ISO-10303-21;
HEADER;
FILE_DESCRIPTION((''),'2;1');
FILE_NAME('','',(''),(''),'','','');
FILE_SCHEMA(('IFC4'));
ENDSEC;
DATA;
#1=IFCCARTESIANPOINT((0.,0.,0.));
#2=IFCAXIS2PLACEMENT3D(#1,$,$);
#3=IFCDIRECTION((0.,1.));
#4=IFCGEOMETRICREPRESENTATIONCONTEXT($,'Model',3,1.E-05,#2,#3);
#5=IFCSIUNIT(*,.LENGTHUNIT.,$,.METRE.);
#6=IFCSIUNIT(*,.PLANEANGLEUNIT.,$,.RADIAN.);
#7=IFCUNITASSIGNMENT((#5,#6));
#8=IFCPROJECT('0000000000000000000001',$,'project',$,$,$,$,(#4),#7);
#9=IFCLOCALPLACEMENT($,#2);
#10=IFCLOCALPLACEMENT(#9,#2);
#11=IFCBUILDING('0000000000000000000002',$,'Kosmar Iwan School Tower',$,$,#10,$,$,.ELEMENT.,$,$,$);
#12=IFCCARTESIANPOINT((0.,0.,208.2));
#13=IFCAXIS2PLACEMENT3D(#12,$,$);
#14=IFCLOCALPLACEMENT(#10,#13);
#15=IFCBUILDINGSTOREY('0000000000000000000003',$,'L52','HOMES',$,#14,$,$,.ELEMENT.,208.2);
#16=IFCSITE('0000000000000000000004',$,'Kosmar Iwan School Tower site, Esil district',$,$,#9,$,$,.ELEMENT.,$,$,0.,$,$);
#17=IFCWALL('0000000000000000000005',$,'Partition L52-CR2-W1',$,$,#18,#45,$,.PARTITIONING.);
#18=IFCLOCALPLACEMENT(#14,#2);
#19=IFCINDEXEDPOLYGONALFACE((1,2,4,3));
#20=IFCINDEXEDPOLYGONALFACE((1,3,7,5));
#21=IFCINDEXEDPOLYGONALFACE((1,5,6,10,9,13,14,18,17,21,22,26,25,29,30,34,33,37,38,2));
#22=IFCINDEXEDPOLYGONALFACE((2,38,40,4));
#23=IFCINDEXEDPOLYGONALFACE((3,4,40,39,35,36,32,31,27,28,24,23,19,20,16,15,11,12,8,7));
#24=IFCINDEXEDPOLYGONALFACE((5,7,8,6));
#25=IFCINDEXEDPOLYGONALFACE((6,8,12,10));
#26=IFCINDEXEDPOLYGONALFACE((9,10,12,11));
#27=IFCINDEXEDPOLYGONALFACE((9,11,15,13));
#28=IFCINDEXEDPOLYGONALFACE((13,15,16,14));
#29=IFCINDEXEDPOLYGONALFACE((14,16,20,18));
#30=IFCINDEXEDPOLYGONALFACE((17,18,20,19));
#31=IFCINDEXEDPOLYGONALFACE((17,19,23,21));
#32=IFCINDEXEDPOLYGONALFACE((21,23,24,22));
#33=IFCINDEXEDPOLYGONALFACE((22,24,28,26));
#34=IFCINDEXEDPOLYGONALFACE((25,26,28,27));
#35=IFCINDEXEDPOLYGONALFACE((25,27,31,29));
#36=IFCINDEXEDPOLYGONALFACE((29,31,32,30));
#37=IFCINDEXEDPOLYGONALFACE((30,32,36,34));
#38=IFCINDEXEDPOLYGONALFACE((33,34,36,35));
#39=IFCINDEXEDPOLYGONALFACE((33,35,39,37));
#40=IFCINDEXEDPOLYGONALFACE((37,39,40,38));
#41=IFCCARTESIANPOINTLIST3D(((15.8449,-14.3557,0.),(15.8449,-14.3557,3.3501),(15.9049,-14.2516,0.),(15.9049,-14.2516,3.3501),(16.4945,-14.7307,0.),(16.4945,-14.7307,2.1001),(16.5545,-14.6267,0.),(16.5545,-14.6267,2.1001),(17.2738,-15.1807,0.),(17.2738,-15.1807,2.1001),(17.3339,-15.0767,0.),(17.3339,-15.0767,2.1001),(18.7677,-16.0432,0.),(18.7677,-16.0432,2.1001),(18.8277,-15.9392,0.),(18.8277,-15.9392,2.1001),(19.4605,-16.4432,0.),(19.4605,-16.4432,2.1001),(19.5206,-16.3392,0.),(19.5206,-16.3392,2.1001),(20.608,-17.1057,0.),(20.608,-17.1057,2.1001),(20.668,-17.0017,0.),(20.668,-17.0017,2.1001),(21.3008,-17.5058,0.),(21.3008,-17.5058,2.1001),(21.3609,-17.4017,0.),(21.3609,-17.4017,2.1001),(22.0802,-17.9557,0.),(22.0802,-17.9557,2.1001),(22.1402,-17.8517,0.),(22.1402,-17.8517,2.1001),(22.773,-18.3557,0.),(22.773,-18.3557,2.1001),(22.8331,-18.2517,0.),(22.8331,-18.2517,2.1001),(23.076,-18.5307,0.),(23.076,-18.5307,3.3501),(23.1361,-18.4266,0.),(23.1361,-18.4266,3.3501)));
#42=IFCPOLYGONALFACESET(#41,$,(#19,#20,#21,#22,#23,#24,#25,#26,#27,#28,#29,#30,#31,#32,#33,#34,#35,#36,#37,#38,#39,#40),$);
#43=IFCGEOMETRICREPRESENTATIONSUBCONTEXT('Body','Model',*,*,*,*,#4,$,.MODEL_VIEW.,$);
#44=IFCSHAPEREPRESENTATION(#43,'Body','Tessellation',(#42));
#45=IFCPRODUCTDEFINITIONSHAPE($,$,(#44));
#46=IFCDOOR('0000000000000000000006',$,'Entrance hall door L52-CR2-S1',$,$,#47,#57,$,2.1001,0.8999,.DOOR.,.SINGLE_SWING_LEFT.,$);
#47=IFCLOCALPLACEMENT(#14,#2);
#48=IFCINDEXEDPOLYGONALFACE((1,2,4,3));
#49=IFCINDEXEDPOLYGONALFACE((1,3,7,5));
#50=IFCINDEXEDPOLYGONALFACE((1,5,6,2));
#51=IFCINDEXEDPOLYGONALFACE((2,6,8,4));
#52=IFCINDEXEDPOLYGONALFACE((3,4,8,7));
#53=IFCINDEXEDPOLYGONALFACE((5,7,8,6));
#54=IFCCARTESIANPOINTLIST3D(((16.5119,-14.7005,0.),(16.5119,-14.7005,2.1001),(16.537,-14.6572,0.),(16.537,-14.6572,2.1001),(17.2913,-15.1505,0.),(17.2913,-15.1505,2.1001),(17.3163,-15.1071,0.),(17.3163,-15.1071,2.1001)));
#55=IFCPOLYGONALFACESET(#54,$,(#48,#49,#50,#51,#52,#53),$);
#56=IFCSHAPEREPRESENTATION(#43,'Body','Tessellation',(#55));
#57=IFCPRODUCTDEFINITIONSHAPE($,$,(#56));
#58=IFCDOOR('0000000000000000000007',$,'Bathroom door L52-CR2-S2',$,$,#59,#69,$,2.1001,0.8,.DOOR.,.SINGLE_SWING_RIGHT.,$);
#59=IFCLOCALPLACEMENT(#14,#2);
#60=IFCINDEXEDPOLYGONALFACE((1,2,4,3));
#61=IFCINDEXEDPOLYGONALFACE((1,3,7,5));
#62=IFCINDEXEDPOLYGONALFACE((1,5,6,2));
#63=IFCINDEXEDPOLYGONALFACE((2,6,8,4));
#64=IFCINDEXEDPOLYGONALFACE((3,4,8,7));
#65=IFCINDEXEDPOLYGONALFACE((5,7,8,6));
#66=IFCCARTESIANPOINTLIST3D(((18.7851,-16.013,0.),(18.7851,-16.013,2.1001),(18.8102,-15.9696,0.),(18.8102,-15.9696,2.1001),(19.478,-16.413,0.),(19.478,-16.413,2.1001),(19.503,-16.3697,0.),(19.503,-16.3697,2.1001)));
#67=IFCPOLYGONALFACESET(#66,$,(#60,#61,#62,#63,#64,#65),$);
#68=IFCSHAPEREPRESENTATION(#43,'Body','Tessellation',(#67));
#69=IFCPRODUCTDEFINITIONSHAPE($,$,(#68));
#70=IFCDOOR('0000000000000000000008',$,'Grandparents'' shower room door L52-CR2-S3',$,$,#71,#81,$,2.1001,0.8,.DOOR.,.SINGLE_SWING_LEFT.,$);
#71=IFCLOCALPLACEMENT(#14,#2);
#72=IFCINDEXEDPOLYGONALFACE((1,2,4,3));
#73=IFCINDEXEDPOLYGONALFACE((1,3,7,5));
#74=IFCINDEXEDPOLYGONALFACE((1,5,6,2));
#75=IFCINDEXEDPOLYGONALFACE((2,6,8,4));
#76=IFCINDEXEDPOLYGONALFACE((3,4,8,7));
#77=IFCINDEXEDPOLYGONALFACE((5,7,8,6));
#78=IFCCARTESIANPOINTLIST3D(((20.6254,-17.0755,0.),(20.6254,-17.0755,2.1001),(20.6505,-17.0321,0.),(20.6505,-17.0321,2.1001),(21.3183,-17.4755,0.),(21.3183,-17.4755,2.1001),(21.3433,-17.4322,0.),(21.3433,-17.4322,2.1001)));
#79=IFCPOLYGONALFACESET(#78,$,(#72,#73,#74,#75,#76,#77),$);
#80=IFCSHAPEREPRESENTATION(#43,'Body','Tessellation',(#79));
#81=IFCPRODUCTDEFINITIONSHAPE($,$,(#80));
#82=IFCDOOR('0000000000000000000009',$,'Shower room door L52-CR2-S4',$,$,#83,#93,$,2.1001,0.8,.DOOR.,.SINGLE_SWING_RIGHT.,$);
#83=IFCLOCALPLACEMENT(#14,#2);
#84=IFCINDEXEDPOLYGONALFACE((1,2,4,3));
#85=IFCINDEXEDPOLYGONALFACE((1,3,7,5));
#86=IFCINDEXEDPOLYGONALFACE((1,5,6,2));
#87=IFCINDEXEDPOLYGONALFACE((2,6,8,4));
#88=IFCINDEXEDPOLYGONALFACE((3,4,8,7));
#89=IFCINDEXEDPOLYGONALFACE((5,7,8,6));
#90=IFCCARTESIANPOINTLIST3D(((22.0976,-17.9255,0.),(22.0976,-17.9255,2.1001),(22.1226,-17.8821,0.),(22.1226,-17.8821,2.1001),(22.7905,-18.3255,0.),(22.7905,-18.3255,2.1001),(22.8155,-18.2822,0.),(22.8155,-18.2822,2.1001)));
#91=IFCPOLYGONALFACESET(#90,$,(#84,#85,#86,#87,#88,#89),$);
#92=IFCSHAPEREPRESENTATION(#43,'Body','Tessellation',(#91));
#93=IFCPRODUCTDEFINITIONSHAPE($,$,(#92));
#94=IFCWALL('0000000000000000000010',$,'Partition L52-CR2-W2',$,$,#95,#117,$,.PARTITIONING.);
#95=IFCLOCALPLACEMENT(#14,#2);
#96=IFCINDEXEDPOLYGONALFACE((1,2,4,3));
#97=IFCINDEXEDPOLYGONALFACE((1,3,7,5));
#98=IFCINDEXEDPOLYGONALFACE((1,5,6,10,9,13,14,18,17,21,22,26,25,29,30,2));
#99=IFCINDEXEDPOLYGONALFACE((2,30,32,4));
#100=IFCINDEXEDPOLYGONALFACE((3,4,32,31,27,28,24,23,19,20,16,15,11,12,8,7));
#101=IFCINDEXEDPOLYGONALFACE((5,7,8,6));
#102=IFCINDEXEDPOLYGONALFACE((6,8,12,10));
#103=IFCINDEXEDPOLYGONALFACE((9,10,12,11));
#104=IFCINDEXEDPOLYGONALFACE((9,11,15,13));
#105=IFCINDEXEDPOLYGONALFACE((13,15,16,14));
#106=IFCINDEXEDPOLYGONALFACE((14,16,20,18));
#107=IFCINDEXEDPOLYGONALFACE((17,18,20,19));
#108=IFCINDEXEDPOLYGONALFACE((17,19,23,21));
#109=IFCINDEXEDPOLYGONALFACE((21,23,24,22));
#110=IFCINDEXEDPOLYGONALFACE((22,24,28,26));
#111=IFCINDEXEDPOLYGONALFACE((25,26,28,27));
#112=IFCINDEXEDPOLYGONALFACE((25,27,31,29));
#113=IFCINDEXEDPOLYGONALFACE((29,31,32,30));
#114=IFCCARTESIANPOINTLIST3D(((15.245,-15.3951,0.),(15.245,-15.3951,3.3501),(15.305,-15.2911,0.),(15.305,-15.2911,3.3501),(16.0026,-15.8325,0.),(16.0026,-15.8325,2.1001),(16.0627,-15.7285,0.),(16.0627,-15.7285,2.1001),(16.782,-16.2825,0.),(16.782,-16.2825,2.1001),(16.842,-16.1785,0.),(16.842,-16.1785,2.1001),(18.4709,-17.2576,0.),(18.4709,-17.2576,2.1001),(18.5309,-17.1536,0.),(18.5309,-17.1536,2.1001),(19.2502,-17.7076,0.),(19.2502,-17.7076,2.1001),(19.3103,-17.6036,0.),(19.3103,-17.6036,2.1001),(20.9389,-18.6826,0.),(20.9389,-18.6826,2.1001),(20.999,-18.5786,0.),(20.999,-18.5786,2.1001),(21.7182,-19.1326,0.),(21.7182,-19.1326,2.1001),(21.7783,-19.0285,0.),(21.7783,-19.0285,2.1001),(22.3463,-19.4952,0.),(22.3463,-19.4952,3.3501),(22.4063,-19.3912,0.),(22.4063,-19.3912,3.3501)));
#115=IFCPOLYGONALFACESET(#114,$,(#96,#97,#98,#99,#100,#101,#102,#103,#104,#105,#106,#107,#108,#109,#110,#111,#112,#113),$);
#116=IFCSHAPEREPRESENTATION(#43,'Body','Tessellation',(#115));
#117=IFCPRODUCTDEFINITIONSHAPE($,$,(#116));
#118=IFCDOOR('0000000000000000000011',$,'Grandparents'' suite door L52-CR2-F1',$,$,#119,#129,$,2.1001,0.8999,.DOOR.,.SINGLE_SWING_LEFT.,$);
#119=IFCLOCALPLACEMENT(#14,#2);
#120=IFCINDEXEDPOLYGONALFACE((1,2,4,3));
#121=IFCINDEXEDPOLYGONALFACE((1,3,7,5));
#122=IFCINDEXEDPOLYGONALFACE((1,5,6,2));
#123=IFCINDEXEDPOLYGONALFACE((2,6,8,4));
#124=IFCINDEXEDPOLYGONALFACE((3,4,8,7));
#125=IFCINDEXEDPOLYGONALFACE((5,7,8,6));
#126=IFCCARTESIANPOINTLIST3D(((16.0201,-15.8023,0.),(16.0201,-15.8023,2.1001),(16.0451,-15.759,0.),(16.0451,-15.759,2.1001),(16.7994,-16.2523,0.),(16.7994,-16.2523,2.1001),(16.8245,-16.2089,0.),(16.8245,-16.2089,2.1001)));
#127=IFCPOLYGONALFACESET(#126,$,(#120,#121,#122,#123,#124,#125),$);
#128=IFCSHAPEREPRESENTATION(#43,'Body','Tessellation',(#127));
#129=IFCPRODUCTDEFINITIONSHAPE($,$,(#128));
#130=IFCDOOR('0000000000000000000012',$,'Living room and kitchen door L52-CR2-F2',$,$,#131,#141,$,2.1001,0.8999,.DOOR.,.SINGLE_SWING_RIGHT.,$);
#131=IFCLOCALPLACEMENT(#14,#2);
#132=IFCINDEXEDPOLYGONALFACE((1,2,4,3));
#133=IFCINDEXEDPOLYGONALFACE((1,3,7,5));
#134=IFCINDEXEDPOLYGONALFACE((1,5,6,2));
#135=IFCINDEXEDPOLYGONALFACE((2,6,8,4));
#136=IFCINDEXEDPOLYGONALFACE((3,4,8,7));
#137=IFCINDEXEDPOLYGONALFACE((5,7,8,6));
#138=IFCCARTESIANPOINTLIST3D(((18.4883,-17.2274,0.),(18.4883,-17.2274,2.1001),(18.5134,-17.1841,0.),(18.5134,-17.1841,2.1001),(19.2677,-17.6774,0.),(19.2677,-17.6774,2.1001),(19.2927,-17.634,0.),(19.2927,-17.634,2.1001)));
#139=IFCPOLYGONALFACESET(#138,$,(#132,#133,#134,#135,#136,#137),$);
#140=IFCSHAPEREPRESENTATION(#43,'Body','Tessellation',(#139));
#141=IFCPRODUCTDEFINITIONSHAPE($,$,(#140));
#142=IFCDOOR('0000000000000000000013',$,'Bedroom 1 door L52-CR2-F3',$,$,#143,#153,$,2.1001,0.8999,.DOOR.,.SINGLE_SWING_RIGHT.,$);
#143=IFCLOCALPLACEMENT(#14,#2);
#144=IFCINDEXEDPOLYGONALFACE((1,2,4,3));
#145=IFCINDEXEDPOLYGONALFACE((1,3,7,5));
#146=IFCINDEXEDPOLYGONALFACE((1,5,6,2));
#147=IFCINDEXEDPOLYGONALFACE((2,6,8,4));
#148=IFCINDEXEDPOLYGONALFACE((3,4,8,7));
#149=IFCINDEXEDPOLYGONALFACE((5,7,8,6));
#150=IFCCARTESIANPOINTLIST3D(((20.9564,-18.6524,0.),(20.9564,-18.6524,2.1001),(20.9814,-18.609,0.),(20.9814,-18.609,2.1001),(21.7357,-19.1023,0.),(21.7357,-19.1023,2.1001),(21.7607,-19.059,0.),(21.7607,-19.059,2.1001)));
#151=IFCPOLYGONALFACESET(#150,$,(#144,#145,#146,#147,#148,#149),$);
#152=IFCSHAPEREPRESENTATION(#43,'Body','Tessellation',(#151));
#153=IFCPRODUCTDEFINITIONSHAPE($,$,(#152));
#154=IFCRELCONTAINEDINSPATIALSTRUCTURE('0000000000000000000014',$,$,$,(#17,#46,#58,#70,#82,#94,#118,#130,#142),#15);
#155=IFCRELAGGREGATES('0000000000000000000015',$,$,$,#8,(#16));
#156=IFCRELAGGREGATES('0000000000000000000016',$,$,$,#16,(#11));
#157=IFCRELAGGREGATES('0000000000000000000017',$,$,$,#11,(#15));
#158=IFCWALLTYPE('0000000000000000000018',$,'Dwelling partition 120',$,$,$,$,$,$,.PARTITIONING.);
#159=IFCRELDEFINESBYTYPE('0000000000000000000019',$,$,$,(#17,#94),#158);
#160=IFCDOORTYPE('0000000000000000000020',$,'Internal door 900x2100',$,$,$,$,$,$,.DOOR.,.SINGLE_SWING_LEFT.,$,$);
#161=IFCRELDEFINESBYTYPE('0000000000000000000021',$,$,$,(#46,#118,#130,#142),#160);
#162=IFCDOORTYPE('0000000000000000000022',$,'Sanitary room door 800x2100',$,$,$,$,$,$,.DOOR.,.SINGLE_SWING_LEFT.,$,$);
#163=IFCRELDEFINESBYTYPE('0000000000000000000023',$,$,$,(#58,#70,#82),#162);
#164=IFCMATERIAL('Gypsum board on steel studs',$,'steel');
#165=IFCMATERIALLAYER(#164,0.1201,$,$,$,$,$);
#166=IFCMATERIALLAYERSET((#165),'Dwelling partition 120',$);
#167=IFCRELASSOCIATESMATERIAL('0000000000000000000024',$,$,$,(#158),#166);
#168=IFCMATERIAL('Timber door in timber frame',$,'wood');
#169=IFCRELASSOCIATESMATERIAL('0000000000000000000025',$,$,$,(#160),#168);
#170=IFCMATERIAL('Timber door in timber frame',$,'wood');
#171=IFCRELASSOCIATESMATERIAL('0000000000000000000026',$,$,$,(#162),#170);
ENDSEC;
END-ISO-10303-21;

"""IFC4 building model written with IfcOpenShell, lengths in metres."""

from ifc_helpers import new_model, si_unit, direction, frame, frame_2d, origin, place, context, subcontext, project, spatial, rectangle, extrude, material, layer, layer_set, type_object, element, fill, save


model = new_model("IFC4")

# Units and contexts
model_context = context("Model", 3, precision=1e-05, world=origin(), true_north=direction((0.0, 1.0)))
body_context = subcontext(model_context, "Body", "Model", "MODEL_VIEW")
ifc_project = project(units=[si_unit("LENGTHUNIT", "METRE"), si_unit("PLANEANGLEUNIT", "RADIAN")], contexts=[model_context])

# Site, building, storey
site_placement = place(None, origin())
site = spatial("IfcSite", under=ifc_project, at=site_placement, Name="Kosmar Iwan School Tower site, Esil district", CompositionType="ELEMENT", RefElevation=0.0)
building_placement = place(site_placement, origin())
building = spatial("IfcBuilding", under=site, at=building_placement, Name="Kosmar Iwan School Tower", CompositionType="ELEMENT")
storey_placement = place(building_placement, frame((0.0, 0.0, 208.2)))
storey = spatial("IfcBuildingStorey", under=building, at=storey_placement, Name="L52", Description="HOMES", CompositionType="ELEMENT", Elevation=208.2)

# Walls, openings, doors
ifc_material_1 = material(Name="Gypsum board on steel studs", Category="steel")
ifc_layer = layer(ifc_material_1, 0.1201)
ifc_layer_set = layer_set([ifc_layer], Name="Dwelling partition 120")
wall_type = type_object("IfcWallType", Name="Dwelling partition 120", PredefinedType="PARTITIONING", material=ifc_layer_set)
wall_1_placement = place(storey_placement, frame((15.875, -14.3037, 0.0), z_axis=(0.0, 0.0, 1.0), x_axis=(0.86602, -0.50001, 0.0)))
wall_1 = element("IfcWall", 1, at=wall_1_placement, inside=storey, type_object=wall_type, Name="Partition L52-CR2-W1", PredefinedType="PARTITIONING", context=body_context, shape_type="SweptSolid", body=[
    extrude(rectangle(XDim=8.3499, YDim=0.1201, at=frame_2d((4.1748, 0.0))), origin(), (0.0, 0.0, 1.0), 3.3501),
])
opening_1_placement = place(wall_1_placement, frame((0.75, 0.0, 0.0)))
opening_1 = element("IfcOpeningElement", 2, at=opening_1_placement, cuts=wall_1, PredefinedType="OPENING", context=body_context, shape_type="SweptSolid", body=[
    extrude(rectangle(XDim=0.8999, YDim=2.1001, at=frame_2d((0.45, 1.05))), frame((0.0, 0.072, 0.0), z_axis=(0.0, -1.0, 0.0), x_axis=(1.0, 0.0, 0.0)), (0.0, 0.0, 1.0), 0.144),
])
opening_2_placement = place(wall_1_placement, frame((3.375, 0.0, 0.0)))
opening_2 = element("IfcOpeningElement", 3, at=opening_2_placement, cuts=wall_1, PredefinedType="OPENING", context=body_context, shape_type="SweptSolid", body=[
    extrude(rectangle(XDim=0.8, YDim=2.1001, at=frame_2d((0.3999, 1.05))), frame((0.0, 0.072, 0.0), z_axis=(0.0, -1.0, 0.0), x_axis=(1.0, 0.0, 0.0)), (0.0, 0.0, 1.0), 0.144),
])
opening_3_placement = place(wall_1_placement, frame((5.5, 0.0, 0.0)))
opening_3 = element("IfcOpeningElement", 4, at=opening_3_placement, cuts=wall_1, PredefinedType="OPENING", context=body_context, shape_type="SweptSolid", body=[
    extrude(rectangle(XDim=0.8, YDim=2.1001, at=frame_2d((0.3999, 1.05))), frame((0.0, 0.072, 0.0), z_axis=(0.0, -1.0, 0.0), x_axis=(1.0, 0.0, 0.0)), (0.0, 0.0, 1.0), 0.144),
])
opening_4_placement = place(wall_1_placement, frame((7.2, 0.0, 0.0)))
opening_4 = element("IfcOpeningElement", 5, at=opening_4_placement, cuts=wall_1, PredefinedType="OPENING", context=body_context, shape_type="SweptSolid", body=[
    extrude(rectangle(XDim=0.8, YDim=2.1001, at=frame_2d((0.3999, 1.05))), frame((0.0, 0.072, 0.0), z_axis=(0.0, -1.0, 0.0), x_axis=(1.0, 0.0, 0.0)), (0.0, 0.0, 1.0), 0.144),
])
ifc_material_2 = material(Name="Timber door in timber frame", Category="wood")
door_type_1 = type_object("IfcDoorType", Name="Internal door 900x2100", OperationType="SINGLE_SWING_LEFT", PredefinedType="DOOR", material=ifc_material_2)
door_1_placement = place(opening_1_placement, origin())
door_1 = element("IfcDoor", 6, at=door_1_placement, inside=storey, type_object=door_type_1, Name="Entrance hall door L52-CR2-S1", OperationType="SINGLE_SWING_LEFT", OverallHeight=2.1001, OverallWidth=0.8999, PredefinedType="DOOR", context=body_context, shape_type="SweptSolid", body=[
    extrude(rectangle(XDim=0.8999, YDim=2.1001, at=frame_2d((0.45, 1.05))), frame((0.0, 0.0249, 0.0), z_axis=(0.0, -1.0, 0.0), x_axis=(1.0, 0.0, 0.0)), (0.0, 0.0, 1.0), 0.05),
])
fill(opening_1, door_1)
ifc_material_3 = material(Name="Timber door in timber frame", Category="wood")
door_type_2 = type_object("IfcDoorType", Name="Sanitary room door 800x2100", OperationType="SINGLE_SWING_LEFT", PredefinedType="DOOR", material=ifc_material_3)
door_2_placement = place(opening_2_placement, origin())
door_2 = element("IfcDoor", 7, at=door_2_placement, inside=storey, type_object=door_type_2, Name="Bathroom door L52-CR2-S2", OperationType="SINGLE_SWING_RIGHT", OverallHeight=2.1001, OverallWidth=0.8, PredefinedType="DOOR", context=body_context, shape_type="SweptSolid", body=[
    extrude(rectangle(XDim=0.8, YDim=2.1001, at=frame_2d((0.3999, 1.05))), frame((0.0, 0.0249, 0.0), z_axis=(0.0, -1.0, 0.0), x_axis=(1.0, 0.0, 0.0)), (0.0, 0.0, 1.0), 0.05),
])
fill(opening_2, door_2)
door_3_placement = place(opening_3_placement, origin())
door_3 = element("IfcDoor", 8, at=door_3_placement, inside=storey, type_object=door_type_2, Name="Grandparents' shower room door L52-CR2-S3", OperationType="SINGLE_SWING_LEFT", OverallHeight=2.1001, OverallWidth=0.8, PredefinedType="DOOR", context=body_context, shape_type="SweptSolid", body=[
    extrude(rectangle(XDim=0.8, YDim=2.1001, at=frame_2d((0.3999, 1.05))), frame((0.0, 0.0249, 0.0), z_axis=(0.0, -1.0, 0.0), x_axis=(1.0, 0.0, 0.0)), (0.0, 0.0, 1.0), 0.05),
])
fill(opening_3, door_3)
door_4_placement = place(opening_4_placement, origin())
door_4 = element("IfcDoor", 9, at=door_4_placement, inside=storey, type_object=door_type_2, Name="Shower room door L52-CR2-S4", OperationType="SINGLE_SWING_RIGHT", OverallHeight=2.1001, OverallWidth=0.8, PredefinedType="DOOR", context=body_context, shape_type="SweptSolid", body=[
    extrude(rectangle(XDim=0.8, YDim=2.1001, at=frame_2d((0.3999, 1.05))), frame((0.0, 0.0249, 0.0), z_axis=(0.0, -1.0, 0.0), x_axis=(1.0, 0.0, 0.0)), (0.0, 0.0, 1.0), 0.05),
])
fill(opening_4, door_4)
wall_2_placement = place(storey_placement, frame((15.2749, -15.343, 0.0), z_axis=(0.0, 0.0, 1.0), x_axis=(0.866018, -0.500014, 0.0)))
wall_2 = element("IfcWall", 10, at=wall_2_placement, inside=storey, type_object=wall_type, Name="Partition L52-CR2-W2", PredefinedType="PARTITIONING", context=body_context, shape_type="SweptSolid", body=[
    extrude(rectangle(XDim=8.2, YDim=0.1201, at=frame_2d((4.1001, 0.0))), origin(), (0.0, 0.0, 1.0), 3.3501),
])
opening_5_placement = place(wall_2_placement, frame((0.875, 0.0, 0.0)))
opening_5 = element("IfcOpeningElement", 11, at=opening_5_placement, cuts=wall_2, PredefinedType="OPENING", context=body_context, shape_type="SweptSolid", body=[
    extrude(rectangle(XDim=0.8999, YDim=2.1001, at=frame_2d((0.45, 1.05))), frame((0.0, 0.072, 0.0), z_axis=(0.0, -1.0, 0.0), x_axis=(1.0, 0.0, 0.0)), (0.0, 0.0, 1.0), 0.144),
])
opening_6_placement = place(wall_2_placement, frame((3.7251, 0.0, 0.0)))
opening_6 = element("IfcOpeningElement", 12, at=opening_6_placement, cuts=wall_2, PredefinedType="OPENING", context=body_context, shape_type="SweptSolid", body=[
    extrude(rectangle(XDim=0.8999, YDim=2.1001, at=frame_2d((0.45, 1.05))), frame((0.0, 0.072, 0.0), z_axis=(0.0, -1.0, 0.0), x_axis=(1.0, 0.0, 0.0)), (0.0, 0.0, 1.0), 0.144),
])
opening_7_placement = place(wall_2_placement, frame((6.575, 0.0, 0.0)))
opening_7 = element("IfcOpeningElement", 13, at=opening_7_placement, cuts=wall_2, PredefinedType="OPENING", context=body_context, shape_type="SweptSolid", body=[
    extrude(rectangle(XDim=0.8999, YDim=2.1001, at=frame_2d((0.45, 1.05))), frame((0.0, 0.072, 0.0), z_axis=(0.0, -1.0, 0.0), x_axis=(1.0, 0.0, 0.0)), (0.0, 0.0, 1.0), 0.144),
])
door_5_placement = place(opening_5_placement, origin())
door_5 = element("IfcDoor", 14, at=door_5_placement, inside=storey, type_object=door_type_1, Name="Grandparents' suite door L52-CR2-F1", OperationType="SINGLE_SWING_LEFT", OverallHeight=2.1001, OverallWidth=0.8999, PredefinedType="DOOR", context=body_context, shape_type="SweptSolid", body=[
    extrude(rectangle(XDim=0.8999, YDim=2.1001, at=frame_2d((0.45, 1.05))), frame((0.0, 0.0249, 0.0), z_axis=(0.0, -1.0, 0.0), x_axis=(1.0, 0.0, 0.0)), (0.0, 0.0, 1.0), 0.05),
])
fill(opening_5, door_5)
door_6_placement = place(opening_6_placement, origin())
door_6 = element("IfcDoor", 15, at=door_6_placement, inside=storey, type_object=door_type_1, Name="Living room and kitchen door L52-CR2-F2", OperationType="SINGLE_SWING_RIGHT", OverallHeight=2.1001, OverallWidth=0.8999, PredefinedType="DOOR", context=body_context, shape_type="SweptSolid", body=[
    extrude(rectangle(XDim=0.8999, YDim=2.1001, at=frame_2d((0.45, 1.05))), frame((0.0, 0.0249, 0.0), z_axis=(0.0, -1.0, 0.0), x_axis=(1.0, 0.0, 0.0)), (0.0, 0.0, 1.0), 0.05),
])
fill(opening_6, door_6)
door_7_placement = place(opening_7_placement, origin())
door_7 = element("IfcDoor", 16, at=door_7_placement, inside=storey, type_object=door_type_1, Name="Bedroom 1 door L52-CR2-F3", OperationType="SINGLE_SWING_RIGHT", OverallHeight=2.1001, OverallWidth=0.8999, PredefinedType="DOOR", context=body_context, shape_type="SweptSolid", body=[
    extrude(rectangle(XDim=0.8999, YDim=2.1001, at=frame_2d((0.45, 1.05))), frame((0.0, 0.0249, 0.0), z_axis=(0.0, -1.0, 0.0), x_axis=(1.0, 0.0, 0.0)), (0.0, 0.0, 1.0), 0.05),
])
fill(opening_7, door_7)

save(model, "model.ifc")
